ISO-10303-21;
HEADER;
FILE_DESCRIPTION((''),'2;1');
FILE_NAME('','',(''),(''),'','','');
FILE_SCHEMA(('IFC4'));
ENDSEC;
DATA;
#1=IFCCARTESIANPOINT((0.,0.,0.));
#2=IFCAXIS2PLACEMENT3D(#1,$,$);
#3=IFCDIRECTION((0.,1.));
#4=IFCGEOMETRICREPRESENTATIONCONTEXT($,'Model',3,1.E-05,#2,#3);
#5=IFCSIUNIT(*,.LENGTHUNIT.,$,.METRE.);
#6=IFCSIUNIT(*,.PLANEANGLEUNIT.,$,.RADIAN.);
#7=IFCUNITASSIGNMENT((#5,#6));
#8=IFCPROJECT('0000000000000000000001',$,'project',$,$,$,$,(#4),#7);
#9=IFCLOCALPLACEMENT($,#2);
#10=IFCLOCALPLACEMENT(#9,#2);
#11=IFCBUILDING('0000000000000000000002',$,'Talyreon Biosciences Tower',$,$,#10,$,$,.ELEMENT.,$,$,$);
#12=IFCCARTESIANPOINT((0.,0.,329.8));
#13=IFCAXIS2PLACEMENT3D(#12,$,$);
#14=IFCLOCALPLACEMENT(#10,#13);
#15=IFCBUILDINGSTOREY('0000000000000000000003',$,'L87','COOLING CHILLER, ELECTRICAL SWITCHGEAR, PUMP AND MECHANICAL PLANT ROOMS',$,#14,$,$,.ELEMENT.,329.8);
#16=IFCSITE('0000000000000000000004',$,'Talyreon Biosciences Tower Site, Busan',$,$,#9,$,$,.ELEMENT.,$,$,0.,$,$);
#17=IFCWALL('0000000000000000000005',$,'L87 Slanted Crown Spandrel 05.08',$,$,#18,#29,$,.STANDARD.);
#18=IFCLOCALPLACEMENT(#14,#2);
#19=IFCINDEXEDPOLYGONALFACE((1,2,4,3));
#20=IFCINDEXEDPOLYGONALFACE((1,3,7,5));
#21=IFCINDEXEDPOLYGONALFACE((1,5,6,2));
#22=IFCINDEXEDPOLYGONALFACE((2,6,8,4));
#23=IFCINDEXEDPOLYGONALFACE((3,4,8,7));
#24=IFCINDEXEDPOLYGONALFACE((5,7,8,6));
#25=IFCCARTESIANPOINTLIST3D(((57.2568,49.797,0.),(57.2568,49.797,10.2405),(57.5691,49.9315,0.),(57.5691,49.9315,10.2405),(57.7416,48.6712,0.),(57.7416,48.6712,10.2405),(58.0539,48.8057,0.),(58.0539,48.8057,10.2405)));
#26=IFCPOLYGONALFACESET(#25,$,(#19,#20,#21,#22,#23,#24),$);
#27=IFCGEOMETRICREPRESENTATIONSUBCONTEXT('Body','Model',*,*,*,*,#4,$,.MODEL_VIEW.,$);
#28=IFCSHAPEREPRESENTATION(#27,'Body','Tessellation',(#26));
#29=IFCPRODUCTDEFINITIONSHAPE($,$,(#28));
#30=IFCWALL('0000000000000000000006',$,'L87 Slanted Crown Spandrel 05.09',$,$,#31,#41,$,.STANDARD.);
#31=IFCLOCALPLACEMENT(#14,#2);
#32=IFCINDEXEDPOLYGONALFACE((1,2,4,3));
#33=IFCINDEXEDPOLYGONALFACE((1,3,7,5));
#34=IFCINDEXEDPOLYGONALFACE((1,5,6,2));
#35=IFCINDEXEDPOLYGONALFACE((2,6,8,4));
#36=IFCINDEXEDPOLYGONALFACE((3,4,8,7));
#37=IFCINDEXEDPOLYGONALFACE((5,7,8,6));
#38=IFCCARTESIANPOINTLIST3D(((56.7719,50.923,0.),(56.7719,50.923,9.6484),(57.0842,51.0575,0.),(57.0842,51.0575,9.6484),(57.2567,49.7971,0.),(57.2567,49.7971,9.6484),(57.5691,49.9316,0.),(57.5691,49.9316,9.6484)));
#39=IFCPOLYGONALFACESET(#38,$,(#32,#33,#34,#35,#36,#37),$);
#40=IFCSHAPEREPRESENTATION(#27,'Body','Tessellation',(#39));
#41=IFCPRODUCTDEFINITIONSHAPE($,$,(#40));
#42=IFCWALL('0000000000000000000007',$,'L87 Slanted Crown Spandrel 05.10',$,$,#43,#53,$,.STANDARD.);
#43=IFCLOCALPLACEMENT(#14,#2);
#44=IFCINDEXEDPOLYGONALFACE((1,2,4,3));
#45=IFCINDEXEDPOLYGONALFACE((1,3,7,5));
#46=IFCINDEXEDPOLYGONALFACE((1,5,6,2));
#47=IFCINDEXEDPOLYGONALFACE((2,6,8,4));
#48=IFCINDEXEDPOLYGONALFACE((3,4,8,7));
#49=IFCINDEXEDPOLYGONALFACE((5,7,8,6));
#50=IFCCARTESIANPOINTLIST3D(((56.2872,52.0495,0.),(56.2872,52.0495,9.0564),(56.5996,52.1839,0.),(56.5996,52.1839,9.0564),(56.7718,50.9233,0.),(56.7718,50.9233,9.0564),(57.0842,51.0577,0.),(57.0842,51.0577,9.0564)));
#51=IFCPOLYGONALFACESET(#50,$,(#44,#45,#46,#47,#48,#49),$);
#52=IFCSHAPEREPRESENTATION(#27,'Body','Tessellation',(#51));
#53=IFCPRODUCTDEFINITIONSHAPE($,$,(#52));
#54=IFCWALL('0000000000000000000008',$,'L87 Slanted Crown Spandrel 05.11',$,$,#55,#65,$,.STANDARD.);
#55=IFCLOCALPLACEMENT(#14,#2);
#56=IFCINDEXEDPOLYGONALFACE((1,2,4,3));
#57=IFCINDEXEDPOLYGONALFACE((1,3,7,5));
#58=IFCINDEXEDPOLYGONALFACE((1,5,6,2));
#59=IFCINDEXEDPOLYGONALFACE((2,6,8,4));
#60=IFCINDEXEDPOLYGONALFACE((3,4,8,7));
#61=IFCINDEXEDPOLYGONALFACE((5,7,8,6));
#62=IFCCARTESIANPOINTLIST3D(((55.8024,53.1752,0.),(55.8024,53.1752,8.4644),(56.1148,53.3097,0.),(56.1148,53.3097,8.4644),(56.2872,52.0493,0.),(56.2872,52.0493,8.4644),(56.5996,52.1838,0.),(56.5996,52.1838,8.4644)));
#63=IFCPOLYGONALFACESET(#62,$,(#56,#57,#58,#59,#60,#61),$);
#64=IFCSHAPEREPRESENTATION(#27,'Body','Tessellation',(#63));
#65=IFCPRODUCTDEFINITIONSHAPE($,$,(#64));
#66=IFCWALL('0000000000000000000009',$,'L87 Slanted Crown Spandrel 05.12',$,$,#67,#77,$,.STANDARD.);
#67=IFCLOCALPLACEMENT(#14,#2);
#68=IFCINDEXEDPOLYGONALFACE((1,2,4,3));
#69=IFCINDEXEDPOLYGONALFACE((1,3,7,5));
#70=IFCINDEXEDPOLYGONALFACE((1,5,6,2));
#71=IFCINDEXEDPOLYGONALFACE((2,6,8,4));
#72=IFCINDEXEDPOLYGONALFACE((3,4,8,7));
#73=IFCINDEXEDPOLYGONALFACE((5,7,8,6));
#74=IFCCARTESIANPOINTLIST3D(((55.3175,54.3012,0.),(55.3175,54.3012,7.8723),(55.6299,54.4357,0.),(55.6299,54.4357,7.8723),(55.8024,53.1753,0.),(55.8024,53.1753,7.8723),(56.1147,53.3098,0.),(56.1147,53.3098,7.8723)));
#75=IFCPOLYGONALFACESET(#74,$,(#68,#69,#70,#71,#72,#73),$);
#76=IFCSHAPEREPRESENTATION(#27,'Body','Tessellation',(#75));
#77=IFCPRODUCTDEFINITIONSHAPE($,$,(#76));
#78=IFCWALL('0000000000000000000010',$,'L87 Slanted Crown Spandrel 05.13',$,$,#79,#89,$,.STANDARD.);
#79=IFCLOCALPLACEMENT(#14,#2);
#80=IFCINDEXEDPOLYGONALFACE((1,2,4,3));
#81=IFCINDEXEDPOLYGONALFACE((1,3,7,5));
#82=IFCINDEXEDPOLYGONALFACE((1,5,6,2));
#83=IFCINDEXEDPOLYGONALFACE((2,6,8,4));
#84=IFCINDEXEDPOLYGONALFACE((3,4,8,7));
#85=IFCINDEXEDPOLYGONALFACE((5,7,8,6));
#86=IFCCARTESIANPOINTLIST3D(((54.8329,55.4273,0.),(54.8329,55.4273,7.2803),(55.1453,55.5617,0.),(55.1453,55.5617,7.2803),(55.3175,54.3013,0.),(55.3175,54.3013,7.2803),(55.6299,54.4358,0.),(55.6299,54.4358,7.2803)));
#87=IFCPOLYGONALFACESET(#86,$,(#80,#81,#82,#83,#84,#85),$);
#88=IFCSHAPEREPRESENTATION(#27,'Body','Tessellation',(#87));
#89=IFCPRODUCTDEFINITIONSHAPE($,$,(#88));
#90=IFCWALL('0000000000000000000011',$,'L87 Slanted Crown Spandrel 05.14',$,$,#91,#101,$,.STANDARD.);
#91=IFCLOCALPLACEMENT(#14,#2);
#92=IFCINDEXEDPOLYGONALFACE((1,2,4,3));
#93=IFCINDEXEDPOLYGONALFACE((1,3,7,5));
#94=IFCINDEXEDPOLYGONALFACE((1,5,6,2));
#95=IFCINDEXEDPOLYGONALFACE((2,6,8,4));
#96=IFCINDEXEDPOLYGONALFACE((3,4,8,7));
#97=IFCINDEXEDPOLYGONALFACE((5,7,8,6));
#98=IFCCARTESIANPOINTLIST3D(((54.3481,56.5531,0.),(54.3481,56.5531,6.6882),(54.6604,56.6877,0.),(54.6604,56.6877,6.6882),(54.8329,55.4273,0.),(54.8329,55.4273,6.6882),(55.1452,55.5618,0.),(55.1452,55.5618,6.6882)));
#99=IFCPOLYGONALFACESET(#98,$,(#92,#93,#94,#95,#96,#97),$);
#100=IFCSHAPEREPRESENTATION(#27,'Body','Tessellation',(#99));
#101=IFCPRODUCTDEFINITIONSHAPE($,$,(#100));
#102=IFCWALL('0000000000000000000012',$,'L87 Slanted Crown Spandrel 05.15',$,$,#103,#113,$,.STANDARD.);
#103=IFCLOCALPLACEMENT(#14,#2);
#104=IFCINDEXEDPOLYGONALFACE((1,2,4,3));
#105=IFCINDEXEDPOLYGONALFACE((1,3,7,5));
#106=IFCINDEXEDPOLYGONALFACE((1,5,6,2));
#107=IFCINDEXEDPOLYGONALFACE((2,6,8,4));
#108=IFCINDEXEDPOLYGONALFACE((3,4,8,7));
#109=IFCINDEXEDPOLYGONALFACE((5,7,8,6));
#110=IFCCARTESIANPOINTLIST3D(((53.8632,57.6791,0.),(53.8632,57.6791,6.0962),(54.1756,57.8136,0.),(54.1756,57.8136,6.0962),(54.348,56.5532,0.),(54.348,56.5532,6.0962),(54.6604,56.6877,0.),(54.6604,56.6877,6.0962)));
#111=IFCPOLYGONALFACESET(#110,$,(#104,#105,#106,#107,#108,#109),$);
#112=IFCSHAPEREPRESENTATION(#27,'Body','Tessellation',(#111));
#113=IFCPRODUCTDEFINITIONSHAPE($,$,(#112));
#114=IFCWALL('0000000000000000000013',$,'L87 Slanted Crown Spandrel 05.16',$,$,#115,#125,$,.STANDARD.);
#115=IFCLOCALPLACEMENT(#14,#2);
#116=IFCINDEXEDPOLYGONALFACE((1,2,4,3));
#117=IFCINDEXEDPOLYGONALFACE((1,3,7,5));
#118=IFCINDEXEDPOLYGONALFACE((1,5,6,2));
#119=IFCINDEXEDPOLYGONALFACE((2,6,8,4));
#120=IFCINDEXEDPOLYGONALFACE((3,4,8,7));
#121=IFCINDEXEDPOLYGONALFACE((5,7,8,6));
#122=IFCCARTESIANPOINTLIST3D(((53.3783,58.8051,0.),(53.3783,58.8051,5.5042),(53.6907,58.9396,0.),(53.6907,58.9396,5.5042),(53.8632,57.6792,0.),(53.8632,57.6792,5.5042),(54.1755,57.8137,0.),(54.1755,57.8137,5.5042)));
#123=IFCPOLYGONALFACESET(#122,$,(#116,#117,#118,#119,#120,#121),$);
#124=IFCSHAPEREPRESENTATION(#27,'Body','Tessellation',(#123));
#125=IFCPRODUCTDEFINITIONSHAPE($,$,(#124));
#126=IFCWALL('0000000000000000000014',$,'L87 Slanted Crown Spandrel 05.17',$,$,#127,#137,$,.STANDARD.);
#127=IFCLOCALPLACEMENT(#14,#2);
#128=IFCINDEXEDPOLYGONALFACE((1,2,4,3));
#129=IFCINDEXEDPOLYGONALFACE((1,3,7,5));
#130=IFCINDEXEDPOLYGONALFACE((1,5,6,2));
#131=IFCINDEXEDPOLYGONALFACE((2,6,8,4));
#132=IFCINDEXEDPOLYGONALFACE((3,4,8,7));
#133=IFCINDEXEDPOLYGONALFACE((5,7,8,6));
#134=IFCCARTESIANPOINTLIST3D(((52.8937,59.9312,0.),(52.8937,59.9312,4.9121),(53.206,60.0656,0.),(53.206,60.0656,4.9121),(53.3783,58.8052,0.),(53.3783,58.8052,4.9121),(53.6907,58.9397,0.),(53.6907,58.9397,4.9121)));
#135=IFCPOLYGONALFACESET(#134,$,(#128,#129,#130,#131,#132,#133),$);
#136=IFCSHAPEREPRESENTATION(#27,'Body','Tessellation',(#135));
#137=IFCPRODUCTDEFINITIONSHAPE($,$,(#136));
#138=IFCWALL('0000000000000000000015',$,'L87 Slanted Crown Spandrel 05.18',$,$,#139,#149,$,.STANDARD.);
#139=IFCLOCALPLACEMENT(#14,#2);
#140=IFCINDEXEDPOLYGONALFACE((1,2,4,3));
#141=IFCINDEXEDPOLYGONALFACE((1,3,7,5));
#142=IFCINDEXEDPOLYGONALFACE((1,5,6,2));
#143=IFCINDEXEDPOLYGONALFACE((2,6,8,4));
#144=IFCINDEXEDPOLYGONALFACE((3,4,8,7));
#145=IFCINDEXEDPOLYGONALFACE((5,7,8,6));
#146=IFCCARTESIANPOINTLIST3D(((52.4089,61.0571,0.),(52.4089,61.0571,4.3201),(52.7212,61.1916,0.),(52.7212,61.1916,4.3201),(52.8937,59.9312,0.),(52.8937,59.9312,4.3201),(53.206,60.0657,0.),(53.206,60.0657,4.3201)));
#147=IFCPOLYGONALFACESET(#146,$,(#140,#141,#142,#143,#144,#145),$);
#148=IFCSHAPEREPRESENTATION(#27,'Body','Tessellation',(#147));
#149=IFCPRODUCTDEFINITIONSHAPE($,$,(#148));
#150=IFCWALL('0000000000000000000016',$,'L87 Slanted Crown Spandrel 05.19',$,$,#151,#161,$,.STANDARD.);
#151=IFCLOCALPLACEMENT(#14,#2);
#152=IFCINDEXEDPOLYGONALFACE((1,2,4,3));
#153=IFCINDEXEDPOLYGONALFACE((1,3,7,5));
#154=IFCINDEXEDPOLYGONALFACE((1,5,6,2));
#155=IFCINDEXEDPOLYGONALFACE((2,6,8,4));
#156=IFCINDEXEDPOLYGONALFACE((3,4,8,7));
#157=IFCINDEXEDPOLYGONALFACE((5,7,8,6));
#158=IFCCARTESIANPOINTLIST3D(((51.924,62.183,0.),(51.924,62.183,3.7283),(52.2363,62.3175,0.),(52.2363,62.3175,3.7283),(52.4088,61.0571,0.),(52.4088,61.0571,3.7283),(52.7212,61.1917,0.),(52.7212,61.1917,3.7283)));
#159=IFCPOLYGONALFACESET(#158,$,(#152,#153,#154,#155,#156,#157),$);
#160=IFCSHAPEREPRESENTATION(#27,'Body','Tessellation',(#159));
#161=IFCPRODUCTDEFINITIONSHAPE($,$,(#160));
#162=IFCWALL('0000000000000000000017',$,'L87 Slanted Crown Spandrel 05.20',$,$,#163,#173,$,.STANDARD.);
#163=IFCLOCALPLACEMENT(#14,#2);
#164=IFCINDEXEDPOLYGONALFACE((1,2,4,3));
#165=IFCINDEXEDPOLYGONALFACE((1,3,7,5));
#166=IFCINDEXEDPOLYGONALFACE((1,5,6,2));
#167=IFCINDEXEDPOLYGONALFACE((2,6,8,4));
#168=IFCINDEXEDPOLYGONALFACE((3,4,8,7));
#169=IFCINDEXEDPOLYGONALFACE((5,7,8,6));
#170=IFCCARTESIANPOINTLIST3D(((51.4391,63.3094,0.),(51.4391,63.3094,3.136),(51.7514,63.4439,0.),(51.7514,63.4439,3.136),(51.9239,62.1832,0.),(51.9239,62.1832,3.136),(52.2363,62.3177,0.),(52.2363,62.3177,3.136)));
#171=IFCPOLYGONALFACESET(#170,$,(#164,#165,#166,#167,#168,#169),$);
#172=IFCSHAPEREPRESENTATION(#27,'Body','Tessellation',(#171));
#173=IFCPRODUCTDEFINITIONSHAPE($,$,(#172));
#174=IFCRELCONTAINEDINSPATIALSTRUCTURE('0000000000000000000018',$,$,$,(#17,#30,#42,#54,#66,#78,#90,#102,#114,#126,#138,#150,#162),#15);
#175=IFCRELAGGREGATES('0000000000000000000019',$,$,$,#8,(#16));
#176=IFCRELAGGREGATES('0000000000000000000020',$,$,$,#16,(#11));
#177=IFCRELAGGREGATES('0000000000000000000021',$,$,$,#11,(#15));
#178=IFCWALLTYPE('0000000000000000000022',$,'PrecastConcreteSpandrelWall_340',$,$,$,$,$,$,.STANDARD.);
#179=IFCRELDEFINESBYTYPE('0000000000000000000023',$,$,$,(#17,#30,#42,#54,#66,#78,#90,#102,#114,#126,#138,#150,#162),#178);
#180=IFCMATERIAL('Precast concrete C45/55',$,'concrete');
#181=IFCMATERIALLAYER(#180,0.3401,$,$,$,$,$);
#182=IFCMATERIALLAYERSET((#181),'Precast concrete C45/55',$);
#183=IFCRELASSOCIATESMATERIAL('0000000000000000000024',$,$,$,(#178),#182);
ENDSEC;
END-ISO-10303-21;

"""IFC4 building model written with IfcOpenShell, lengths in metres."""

from ifc_helpers import new_model, si_unit, direction, frame, frame_2d, origin, place, context, subcontext, project, spatial, rectangle, extrude, material, layer, layer_set, type_object, element, save


model = new_model("IFC4")

# Units and contexts
model_context = context("Model", 3, precision=1e-05, world=origin(), true_north=direction((0.0, 1.0)))
body_context = subcontext(model_context, "Body", "Model", "MODEL_VIEW")
ifc_project = project(units=[si_unit("LENGTHUNIT", "METRE"), si_unit("PLANEANGLEUNIT", "RADIAN")], contexts=[model_context])

# Site, building, storey
site_placement = place(None, origin())
site = spatial("IfcSite", under=ifc_project, at=site_placement, Name="Talyreon Biosciences Tower Site, Busan", CompositionType="ELEMENT", RefElevation=0.0)
building_placement = place(site_placement, origin())
building = spatial("IfcBuilding", under=site, at=building_placement, Name="Talyreon Biosciences Tower", CompositionType="ELEMENT")
storey_placement = place(building_placement, frame((0.0, 0.0, 329.8)))
storey = spatial("IfcBuildingStorey", under=building, at=storey_placement, Name="L87", Description="COOLING CHILLER, ELECTRICAL SWITCHGEAR, PUMP AND MECHANICAL PLANT ROOMS", CompositionType="ELEMENT", Elevation=329.8)

# Walls
ifc_material_1 = material(Name="Precast concrete C45/55", Category="concrete")
ifc_layer_1 = layer(ifc_material_1, 0.3401)
ifc_layer_set_1 = layer_set([ifc_layer_1], Name="Precast concrete C45/55")
wall_type_1 = type_object("IfcWallType", Name="PrecastConcreteSpandrelWall_340", PredefinedType="STANDARD", material=ifc_layer_set_1)
wall_1_placement = place(storey_placement, frame((57.8977, 48.7385, 0.0), z_axis=(0.0, 0.0, 1.0), x_axis=(-0.395505, 0.918464, 0.0)))
element("IfcWall", 1, at=wall_1_placement, inside=storey, type_object=wall_type_1, Name="L87 Slanted Crown Spandrel 05.08", PredefinedType="STANDARD", context=body_context, shape_type="SweptSolid", body=[
    extrude(rectangle(XDim=1.2258, YDim=0.3401, at=frame_2d((0.6128, 0.0))), origin(), (0.0, 0.0, 1.0), 10.2405),
])
wall_2_placement = place(storey_placement, frame((57.4128, 49.8645, 0.0), z_axis=(0.0, 0.0, 1.0), x_axis=(-0.395505, 0.918464, 0.0)))
element("IfcWall", 2, at=wall_2_placement, inside=storey, type_object=wall_type_1, Name="L87 Slanted Crown Spandrel 05.09", PredefinedType="STANDARD", context=body_context, shape_type="SweptSolid", body=[
    extrude(rectangle(XDim=1.2258, YDim=0.3401, at=frame_2d((0.6128, 0.0))), origin(), (0.0, 0.0, 1.0), 9.6484),
])
wall_3_placement = place(storey_placement, frame((56.928, 50.9905, 0.0), z_axis=(0.0, 0.0, 1.0), x_axis=(-0.395265, 0.918567, 0.0)))
element("IfcWall", 3, at=wall_3_placement, inside=storey, type_object=wall_type_1, Name="L87 Slanted Crown Spandrel 05.10", PredefinedType="STANDARD", context=body_context, shape_type="SweptSolid", body=[
    extrude(rectangle(XDim=1.2261, YDim=0.3401, at=frame_2d((0.613, 0.0))), origin(), (0.0, 0.0, 1.0), 9.0564),
])
wall_4_placement = place(storey_placement, frame((56.4434, 52.1167, 0.0), z_axis=(0.0, 0.0, 1.0), x_axis=(-0.395505, 0.918464, 0.0)))
element("IfcWall", 4, at=wall_4_placement, inside=storey, type_object=wall_type_1, Name="L87 Slanted Crown Spandrel 05.11", PredefinedType="STANDARD", context=body_context, shape_type="SweptSolid", body=[
    extrude(rectangle(XDim=1.2258, YDim=0.3401, at=frame_2d((0.6128, 0.0))), origin(), (0.0, 0.0, 1.0), 8.4644),
])
wall_5_placement = place(storey_placement, frame((55.9585, 53.2427, 0.0), z_axis=(0.0, 0.0, 1.0), x_axis=(-0.395505, 0.918464, 0.0)))
element("IfcWall", 5, at=wall_5_placement, inside=storey, type_object=wall_type_1, Name="L87 Slanted Crown Spandrel 05.12", PredefinedType="STANDARD", context=body_context, shape_type="SweptSolid", body=[
    extrude(rectangle(XDim=1.2258, YDim=0.3401, at=frame_2d((0.6128, 0.0))), origin(), (0.0, 0.0, 1.0), 7.8723),
])
wall_6_placement = place(storey_placement, frame((55.4736, 54.3687, 0.0), z_axis=(0.0, 0.0, 1.0), x_axis=(-0.395337, 0.918536, 0.0)))
element("IfcWall", 6, at=wall_6_placement, inside=storey, type_object=wall_type_1, Name="L87 Slanted Crown Spandrel 05.13", PredefinedType="STANDARD", context=body_context, shape_type="SweptSolid", body=[
    extrude(rectangle(XDim=1.2258, YDim=0.3401, at=frame_2d((0.6128, 0.0))), origin(), (0.0, 0.0, 1.0), 7.2803),
])
wall_7_placement = place(storey_placement, frame((54.989, 55.4946, 0.0), z_axis=(0.0, 0.0, 1.0), x_axis=(-0.395505, 0.918464, 0.0)))
element("IfcWall", 7, at=wall_7_placement, inside=storey, type_object=wall_type_1, Name="L87 Slanted Crown Spandrel 05.14", PredefinedType="STANDARD", context=body_context, shape_type="SweptSolid", body=[
    extrude(rectangle(XDim=1.2258, YDim=0.3401, at=frame_2d((0.6128, 0.0))), origin(), (0.0, 0.0, 1.0), 6.6882),
])
wall_8_placement = place(storey_placement, frame((54.5042, 56.6206, 0.0), z_axis=(0.0, 0.0, 1.0), x_axis=(-0.395505, 0.918464, 0.0)))
element("IfcWall", 8, at=wall_8_placement, inside=storey, type_object=wall_type_1, Name="L87 Slanted Crown Spandrel 05.15", PredefinedType="STANDARD", context=body_context, shape_type="SweptSolid", body=[
    extrude(rectangle(XDim=1.2258, YDim=0.3401, at=frame_2d((0.6128, 0.0))), origin(), (0.0, 0.0, 1.0), 6.0962),
])
wall_9_placement = place(storey_placement, frame((54.0193, 57.7466, 0.0), z_axis=(0.0, 0.0, 1.0), x_axis=(-0.395505, 0.918464, 0.0)))
element("IfcWall", 9, at=wall_9_placement, inside=storey, type_object=wall_type_1, Name="L87 Slanted Crown Spandrel 05.16", PredefinedType="STANDARD", context=body_context, shape_type="SweptSolid", body=[
    extrude(rectangle(XDim=1.2258, YDim=0.3401, at=frame_2d((0.6128, 0.0))), origin(), (0.0, 0.0, 1.0), 5.5042),
])
wall_10_placement = place(storey_placement, frame((53.5344, 58.8726, 0.0), z_axis=(0.0, 0.0, 1.0), x_axis=(-0.395337, 0.918536, 0.0)))
element("IfcWall", 10, at=wall_10_placement, inside=storey, type_object=wall_type_1, Name="L87 Slanted Crown Spandrel 05.17", PredefinedType="STANDARD", context=body_context, shape_type="SweptSolid", body=[
    extrude(rectangle(XDim=1.2258, YDim=0.3401, at=frame_2d((0.6128, 0.0))), origin(), (0.0, 0.0, 1.0), 4.9121),
])
wall_11_placement = place(storey_placement, frame((53.0498, 59.9985, 0.0), z_axis=(0.0, 0.0, 1.0), x_axis=(-0.395505, 0.918464, 0.0)))
element("IfcWall", 11, at=wall_11_placement, inside=storey, type_object=wall_type_1, Name="L87 Slanted Crown Spandrel 05.18", PredefinedType="STANDARD", context=body_context, shape_type="SweptSolid", body=[
    extrude(rectangle(XDim=1.2258, YDim=0.3401, at=frame_2d((0.6128, 0.0))), origin(), (0.0, 0.0, 1.0), 4.3201),
])
wall_12_placement = place(storey_placement, frame((52.5649, 61.1245, 0.0), z_axis=(0.0, 0.0, 1.0), x_axis=(-0.395505, 0.918464, 0.0)))
element("IfcWall", 12, at=wall_12_placement, inside=storey, type_object=wall_type_1, Name="L87 Slanted Crown Spandrel 05.19", PredefinedType="STANDARD", context=body_context, shape_type="SweptSolid", body=[
    extrude(rectangle(XDim=1.2258, YDim=0.3401, at=frame_2d((0.6128, 0.0))), origin(), (0.0, 0.0, 1.0), 3.7283),
])
wall_13_placement = place(storey_placement, frame((52.0801, 62.2505, 0.0), z_axis=(0.0, 0.0, 1.0), x_axis=(-0.395433, 0.918495, 0.0)))
element("IfcWall", 13, at=wall_13_placement, inside=storey, type_object=wall_type_1, Name="L87 Slanted Crown Spandrel 05.20", PredefinedType="STANDARD", context=body_context, shape_type="SweptSolid", body=[
    extrude(rectangle(XDim=1.2261, YDim=0.3401, at=frame_2d((0.613, 0.0))), origin(), (0.0, 0.0, 1.0), 3.136),
])

save(model, "model.ifc")
